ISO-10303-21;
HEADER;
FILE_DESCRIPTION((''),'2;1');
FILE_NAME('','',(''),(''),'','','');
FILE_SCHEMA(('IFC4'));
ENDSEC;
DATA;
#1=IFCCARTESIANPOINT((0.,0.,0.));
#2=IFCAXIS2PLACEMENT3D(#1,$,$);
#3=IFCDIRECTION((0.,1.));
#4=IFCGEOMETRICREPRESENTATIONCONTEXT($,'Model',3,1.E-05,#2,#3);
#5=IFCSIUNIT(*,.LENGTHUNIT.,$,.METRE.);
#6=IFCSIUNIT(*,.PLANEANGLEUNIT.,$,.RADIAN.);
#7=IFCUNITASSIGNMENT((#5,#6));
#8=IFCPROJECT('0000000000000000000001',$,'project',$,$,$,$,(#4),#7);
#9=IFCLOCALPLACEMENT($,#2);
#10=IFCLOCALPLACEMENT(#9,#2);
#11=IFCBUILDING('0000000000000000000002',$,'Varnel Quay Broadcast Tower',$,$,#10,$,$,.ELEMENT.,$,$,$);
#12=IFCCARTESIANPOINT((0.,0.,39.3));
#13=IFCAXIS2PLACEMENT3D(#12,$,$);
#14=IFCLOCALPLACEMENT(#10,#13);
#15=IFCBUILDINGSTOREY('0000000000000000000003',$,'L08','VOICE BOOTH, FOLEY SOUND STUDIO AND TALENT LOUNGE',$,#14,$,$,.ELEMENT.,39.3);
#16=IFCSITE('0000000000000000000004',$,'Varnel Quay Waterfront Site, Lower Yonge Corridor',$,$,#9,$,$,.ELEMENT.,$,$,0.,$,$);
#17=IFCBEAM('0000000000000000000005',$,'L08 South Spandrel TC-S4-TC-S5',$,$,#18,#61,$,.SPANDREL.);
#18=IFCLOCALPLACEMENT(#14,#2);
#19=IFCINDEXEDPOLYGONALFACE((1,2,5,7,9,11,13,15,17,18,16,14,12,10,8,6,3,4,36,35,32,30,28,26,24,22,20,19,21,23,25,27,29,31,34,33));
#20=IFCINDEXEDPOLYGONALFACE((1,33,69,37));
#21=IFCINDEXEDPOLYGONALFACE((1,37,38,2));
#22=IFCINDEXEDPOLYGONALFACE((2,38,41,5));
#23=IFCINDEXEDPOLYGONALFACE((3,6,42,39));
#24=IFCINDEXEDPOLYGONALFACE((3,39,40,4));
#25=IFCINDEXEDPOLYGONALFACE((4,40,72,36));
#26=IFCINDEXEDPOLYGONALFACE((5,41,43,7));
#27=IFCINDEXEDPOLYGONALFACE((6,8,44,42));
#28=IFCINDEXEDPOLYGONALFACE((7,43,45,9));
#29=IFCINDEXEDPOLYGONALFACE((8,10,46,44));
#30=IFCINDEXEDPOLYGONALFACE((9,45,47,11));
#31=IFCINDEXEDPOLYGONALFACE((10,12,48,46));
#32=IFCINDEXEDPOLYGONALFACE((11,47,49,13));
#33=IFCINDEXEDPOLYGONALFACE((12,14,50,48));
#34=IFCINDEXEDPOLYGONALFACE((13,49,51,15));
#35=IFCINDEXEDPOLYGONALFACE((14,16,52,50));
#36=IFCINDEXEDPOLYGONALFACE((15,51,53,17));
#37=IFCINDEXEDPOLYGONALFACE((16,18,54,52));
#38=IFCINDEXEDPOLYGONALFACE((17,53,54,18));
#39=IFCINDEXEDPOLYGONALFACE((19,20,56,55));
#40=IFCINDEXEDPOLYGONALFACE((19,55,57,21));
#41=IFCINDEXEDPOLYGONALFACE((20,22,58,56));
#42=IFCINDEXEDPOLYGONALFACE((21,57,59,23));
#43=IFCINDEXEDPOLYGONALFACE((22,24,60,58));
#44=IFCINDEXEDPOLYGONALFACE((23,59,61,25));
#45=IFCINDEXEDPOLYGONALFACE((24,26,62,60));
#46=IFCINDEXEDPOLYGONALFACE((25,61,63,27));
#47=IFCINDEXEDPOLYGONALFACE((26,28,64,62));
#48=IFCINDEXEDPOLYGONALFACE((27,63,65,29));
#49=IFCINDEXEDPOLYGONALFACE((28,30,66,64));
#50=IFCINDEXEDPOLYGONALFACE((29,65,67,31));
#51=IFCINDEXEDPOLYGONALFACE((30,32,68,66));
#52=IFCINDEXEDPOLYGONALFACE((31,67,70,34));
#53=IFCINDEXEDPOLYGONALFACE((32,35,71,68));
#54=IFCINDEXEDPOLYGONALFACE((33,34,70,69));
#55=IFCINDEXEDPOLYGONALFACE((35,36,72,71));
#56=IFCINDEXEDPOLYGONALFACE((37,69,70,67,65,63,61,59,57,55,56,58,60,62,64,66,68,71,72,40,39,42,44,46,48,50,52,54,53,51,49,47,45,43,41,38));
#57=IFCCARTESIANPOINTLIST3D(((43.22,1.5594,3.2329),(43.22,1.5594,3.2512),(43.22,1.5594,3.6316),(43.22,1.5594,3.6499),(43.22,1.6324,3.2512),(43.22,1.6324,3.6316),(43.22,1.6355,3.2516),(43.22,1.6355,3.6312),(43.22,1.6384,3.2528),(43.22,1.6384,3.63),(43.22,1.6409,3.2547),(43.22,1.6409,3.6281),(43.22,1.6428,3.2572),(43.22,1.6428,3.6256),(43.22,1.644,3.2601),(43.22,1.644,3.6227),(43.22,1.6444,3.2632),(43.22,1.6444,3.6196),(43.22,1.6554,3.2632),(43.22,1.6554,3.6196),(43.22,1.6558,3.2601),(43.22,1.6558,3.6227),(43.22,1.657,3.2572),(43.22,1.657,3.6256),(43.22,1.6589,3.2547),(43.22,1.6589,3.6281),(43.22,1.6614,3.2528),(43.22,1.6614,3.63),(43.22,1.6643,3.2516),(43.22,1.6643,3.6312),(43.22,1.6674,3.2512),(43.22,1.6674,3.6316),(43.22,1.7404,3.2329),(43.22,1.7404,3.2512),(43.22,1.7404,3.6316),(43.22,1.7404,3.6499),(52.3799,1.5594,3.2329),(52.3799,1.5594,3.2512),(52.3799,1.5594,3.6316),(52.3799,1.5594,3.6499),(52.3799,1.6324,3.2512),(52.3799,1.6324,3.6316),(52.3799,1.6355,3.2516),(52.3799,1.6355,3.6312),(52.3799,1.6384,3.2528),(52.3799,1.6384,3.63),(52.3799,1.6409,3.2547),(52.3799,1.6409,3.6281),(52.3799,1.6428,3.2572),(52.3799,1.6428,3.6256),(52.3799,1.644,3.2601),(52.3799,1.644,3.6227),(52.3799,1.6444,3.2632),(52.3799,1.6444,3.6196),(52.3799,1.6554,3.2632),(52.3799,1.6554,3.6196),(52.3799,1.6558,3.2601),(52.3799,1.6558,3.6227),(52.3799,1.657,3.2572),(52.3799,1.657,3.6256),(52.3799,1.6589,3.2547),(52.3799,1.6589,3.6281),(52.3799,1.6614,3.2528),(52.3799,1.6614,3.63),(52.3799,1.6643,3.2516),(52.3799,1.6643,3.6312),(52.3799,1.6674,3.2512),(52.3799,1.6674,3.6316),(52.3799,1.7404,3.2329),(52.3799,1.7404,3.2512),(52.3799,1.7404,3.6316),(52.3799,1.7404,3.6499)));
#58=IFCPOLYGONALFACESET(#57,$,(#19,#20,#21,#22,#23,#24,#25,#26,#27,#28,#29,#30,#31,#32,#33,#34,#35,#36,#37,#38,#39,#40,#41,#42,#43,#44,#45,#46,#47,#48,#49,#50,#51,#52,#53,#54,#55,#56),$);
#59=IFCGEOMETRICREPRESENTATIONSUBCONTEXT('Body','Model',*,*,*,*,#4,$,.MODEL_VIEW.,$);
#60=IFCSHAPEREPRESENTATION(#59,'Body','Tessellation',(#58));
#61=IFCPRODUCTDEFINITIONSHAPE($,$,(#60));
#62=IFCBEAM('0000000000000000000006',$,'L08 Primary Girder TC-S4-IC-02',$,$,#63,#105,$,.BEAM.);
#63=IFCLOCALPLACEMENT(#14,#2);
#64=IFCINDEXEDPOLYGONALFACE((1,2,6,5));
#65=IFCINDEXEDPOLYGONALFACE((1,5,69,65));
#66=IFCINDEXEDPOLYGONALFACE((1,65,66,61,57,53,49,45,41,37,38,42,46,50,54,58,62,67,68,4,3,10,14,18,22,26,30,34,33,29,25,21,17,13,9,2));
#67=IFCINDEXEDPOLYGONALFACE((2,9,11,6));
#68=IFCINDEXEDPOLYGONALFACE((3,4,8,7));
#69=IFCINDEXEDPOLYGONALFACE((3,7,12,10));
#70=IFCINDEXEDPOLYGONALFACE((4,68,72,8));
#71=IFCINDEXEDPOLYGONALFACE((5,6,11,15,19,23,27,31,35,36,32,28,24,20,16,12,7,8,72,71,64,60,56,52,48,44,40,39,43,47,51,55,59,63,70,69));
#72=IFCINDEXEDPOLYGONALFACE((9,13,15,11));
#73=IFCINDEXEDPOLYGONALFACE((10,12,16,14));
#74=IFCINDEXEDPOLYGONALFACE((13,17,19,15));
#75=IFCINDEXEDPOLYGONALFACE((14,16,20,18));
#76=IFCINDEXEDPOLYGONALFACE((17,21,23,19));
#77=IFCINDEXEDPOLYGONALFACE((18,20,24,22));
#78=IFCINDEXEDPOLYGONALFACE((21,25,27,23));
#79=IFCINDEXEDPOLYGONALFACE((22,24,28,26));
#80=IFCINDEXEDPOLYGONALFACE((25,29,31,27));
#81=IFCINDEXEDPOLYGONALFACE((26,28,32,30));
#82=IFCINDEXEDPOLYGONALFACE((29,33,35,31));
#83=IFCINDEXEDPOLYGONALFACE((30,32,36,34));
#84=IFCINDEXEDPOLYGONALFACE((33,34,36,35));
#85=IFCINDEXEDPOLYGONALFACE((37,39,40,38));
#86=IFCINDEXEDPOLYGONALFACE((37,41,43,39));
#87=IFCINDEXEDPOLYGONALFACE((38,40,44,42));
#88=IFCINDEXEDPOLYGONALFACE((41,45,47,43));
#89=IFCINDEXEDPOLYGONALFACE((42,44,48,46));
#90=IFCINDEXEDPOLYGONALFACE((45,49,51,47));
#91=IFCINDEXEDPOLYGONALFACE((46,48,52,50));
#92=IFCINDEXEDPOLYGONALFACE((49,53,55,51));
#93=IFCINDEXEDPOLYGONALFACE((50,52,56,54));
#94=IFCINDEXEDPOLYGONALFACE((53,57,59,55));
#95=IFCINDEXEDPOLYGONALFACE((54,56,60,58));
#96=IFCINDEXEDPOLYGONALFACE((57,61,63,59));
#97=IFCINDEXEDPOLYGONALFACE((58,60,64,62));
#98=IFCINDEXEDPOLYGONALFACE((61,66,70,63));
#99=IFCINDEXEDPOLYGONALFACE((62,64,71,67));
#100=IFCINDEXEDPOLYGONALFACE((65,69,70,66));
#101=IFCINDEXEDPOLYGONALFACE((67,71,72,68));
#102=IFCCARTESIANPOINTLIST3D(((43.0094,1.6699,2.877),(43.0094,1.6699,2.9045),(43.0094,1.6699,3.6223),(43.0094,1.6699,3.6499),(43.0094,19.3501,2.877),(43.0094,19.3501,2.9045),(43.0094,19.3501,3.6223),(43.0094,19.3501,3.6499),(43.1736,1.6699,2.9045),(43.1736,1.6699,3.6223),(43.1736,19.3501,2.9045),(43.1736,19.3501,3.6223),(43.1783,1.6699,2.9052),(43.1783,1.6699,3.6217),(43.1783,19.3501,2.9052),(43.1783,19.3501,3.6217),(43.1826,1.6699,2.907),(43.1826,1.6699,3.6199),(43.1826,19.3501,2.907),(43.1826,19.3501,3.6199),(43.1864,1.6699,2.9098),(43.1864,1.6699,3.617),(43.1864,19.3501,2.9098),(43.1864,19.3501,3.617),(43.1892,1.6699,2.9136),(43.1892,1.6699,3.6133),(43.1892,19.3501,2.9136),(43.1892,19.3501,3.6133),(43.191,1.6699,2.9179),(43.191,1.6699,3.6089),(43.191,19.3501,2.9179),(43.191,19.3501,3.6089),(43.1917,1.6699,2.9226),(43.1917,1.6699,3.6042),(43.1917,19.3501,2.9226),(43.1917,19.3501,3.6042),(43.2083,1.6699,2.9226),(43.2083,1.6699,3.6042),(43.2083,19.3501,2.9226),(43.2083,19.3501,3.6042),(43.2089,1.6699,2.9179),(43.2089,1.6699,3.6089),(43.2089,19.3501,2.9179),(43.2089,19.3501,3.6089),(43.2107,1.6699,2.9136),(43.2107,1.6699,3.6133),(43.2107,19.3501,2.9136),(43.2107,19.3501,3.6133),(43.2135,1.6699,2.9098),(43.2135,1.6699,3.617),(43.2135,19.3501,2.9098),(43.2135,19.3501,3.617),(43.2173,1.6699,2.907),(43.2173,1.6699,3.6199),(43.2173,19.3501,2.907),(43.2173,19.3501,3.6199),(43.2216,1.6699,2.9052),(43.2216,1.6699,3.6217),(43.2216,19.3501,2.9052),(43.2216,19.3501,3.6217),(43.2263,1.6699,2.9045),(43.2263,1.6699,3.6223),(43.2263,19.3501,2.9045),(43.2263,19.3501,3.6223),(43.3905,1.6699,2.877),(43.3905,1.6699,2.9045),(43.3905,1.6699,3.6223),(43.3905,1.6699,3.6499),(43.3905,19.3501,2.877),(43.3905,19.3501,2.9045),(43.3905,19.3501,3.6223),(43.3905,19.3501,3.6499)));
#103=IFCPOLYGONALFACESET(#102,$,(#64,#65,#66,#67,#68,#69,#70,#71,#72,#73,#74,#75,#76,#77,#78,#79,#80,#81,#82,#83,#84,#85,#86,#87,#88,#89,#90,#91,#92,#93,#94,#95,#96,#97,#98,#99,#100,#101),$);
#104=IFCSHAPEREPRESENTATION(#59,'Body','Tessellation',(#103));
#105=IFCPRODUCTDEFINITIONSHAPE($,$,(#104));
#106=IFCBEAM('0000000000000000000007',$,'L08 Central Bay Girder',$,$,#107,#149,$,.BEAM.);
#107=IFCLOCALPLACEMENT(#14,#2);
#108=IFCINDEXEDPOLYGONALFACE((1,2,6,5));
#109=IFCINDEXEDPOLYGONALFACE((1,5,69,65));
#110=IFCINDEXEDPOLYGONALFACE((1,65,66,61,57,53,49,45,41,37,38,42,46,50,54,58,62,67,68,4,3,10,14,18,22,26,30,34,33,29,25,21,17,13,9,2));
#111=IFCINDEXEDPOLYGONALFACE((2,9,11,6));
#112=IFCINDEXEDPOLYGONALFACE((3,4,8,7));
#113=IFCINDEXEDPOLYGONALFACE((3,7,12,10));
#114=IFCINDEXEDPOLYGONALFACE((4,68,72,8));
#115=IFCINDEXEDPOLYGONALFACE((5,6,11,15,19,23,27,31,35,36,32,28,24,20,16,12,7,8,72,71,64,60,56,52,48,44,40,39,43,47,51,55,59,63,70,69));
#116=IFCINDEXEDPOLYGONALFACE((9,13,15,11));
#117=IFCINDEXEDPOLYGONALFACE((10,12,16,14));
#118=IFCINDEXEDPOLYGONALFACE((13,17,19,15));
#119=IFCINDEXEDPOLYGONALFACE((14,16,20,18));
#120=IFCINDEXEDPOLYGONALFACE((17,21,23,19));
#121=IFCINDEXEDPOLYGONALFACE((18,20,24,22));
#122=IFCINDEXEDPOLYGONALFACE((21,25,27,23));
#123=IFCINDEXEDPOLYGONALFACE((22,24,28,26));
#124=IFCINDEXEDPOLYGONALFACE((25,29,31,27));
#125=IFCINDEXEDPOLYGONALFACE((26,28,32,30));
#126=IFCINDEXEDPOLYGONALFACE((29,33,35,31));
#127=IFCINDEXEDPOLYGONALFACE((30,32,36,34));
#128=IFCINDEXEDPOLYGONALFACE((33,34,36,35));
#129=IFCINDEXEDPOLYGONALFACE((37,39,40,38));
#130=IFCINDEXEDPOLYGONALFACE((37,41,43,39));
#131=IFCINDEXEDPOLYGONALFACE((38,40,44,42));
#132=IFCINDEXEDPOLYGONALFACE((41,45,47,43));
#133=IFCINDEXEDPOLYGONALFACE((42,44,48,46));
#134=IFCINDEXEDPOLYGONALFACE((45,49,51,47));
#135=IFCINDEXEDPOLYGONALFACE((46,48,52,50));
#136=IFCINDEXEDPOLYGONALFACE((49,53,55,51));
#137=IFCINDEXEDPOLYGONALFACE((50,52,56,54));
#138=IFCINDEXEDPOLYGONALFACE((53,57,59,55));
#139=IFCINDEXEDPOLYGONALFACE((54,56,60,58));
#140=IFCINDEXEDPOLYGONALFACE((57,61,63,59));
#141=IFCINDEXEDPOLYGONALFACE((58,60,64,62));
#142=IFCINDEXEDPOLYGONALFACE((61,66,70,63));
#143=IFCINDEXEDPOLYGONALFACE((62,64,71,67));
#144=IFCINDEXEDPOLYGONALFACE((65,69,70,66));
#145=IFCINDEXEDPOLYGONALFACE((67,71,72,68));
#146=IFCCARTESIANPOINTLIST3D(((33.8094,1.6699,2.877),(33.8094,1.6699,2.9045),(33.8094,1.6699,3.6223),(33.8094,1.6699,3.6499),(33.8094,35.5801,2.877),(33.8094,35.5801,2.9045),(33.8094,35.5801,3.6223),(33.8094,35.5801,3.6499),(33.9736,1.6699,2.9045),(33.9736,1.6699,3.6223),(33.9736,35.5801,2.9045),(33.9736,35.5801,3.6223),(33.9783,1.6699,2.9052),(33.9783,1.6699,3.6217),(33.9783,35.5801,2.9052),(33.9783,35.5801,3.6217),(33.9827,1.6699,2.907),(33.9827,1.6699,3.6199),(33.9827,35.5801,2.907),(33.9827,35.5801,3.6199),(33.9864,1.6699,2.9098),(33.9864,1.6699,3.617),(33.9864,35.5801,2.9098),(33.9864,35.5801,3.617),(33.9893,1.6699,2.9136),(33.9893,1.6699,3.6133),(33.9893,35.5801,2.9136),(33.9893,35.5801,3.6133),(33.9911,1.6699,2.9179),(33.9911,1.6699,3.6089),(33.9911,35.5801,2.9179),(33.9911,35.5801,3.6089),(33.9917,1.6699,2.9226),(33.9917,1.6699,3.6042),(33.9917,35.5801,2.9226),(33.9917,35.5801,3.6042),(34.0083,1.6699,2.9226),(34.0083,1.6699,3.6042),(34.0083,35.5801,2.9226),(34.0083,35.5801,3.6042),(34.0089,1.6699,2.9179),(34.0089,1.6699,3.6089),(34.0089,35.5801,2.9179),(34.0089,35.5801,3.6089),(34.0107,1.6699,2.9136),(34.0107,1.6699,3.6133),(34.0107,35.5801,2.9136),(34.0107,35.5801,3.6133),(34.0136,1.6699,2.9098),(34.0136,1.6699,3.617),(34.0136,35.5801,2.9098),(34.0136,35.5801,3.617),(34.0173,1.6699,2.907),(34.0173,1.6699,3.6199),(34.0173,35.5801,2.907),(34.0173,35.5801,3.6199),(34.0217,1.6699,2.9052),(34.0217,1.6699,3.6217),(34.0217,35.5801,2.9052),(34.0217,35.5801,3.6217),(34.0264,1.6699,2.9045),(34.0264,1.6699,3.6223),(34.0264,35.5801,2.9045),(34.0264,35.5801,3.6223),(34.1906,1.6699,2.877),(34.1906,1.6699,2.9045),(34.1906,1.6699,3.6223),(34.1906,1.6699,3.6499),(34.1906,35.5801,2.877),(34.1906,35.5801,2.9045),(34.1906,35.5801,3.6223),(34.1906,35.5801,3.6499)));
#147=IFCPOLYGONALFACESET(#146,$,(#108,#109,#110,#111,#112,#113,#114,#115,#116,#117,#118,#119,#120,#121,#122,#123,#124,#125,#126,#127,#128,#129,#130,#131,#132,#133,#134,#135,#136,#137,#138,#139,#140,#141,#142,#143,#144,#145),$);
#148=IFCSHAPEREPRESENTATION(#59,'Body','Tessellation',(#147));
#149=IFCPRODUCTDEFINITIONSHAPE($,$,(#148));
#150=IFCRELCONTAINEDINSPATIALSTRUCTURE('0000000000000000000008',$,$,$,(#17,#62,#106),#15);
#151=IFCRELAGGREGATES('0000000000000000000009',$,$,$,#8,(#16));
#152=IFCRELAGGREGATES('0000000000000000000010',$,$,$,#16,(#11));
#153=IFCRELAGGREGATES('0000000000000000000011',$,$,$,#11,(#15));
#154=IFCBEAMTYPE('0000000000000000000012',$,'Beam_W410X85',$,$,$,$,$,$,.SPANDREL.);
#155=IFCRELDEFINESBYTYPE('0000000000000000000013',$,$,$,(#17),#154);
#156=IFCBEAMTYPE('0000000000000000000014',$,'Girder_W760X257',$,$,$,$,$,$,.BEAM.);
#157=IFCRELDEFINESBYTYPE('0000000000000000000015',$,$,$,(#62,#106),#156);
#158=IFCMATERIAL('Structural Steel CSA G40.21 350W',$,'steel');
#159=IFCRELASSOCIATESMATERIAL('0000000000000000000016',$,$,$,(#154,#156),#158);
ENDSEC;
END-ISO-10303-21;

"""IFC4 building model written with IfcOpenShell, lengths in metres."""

from ifc_helpers import new_model, si_unit, direction, frame, origin, origin_2d, place, context, subcontext, project, spatial, i_section, extrude, source, transform, mapped, material, material_profile, profile_set, type_object, type_shapes, element, save


model = new_model("IFC4")

# Units and contexts
model_context = context("Model", 3, precision=1e-05, world=origin(), true_north=direction((0.0, 1.0)))
body_context = subcontext(model_context, "Body", "Model", "MODEL_VIEW")
ifc_project = project(units=[si_unit("LENGTHUNIT", "METRE"), si_unit("PLANEANGLEUNIT", "RADIAN")], contexts=[model_context])

# Site, building, storey
site_placement = place(None, origin())
site = spatial("IfcSite", under=ifc_project, at=site_placement, Name="Varnel Quay Waterfront Site, Lower Yonge Corridor", CompositionType="ELEMENT", RefElevation=0.0)
building_placement = place(site_placement, origin())
building = spatial("IfcBuilding", under=site, at=building_placement, Name="Varnel Quay Broadcast Tower", CompositionType="ELEMENT")
storey_placement = place(building_placement, frame((0.0, 0.0, 39.3)))
storey = spatial("IfcBuildingStorey", under=building, at=storey_placement, Name="L08", Description="VOICE BOOTH, FOLEY SOUND STUDIO AND TALENT LOUNGE", CompositionType="ELEMENT", Elevation=39.3)

# Shared definitions
ifc_material_1 = material(Name="Structural Steel CSA G40.21 350W", Category="steel")

# Beams
ifc_material_profile_1 = material_profile(ifc_material_1, i_section(OverallWidth=0.1809, OverallDepth=0.417, WebThickness=0.011, FlangeThickness=0.0183, FilletRadius=0.012, at=origin_2d()), Name="W410X85")
ifc_profile_set_1 = profile_set([ifc_material_profile_1], Name="Structural Steel CSA G40.21 350W")
beam_type_1 = type_object("IfcBeamType", Name="Beam_W410X85", PredefinedType="SPANDREL", material=ifc_profile_set_1)
shared_shape_1 = source(origin(), body_context, "Body", "SweptSolid", [
    extrude(i_section(OverallWidth=0.1809, OverallDepth=0.417, WebThickness=0.011, FlangeThickness=0.0183, FilletRadius=0.012, at=origin_2d()), origin(), (0.0, 0.0, 1.0), 9.1599),
])
type_shapes(beam_type_1, [shared_shape_1])
for number, where, z_axis, x_axis, name in (
    (1, (43.22, 1.6499, 3.4414), (1.0, 0.0, 0.0), (0.0, 1.0, 0.0), "L08 South Spandrel TC-S4-TC-S5"),
):
    element("IfcBeam", number, at=place(storey_placement, frame(where, z_axis=z_axis, x_axis=x_axis)), inside=storey, type_object=beam_type_1, Name=name, PredefinedType="SPANDREL", context=body_context, shape_type="MappedRepresentation", body=[
        mapped(shared_shape_1, transform((0.0, 0.0, 0.0), x_axis=(1.0, 0.0, 0.0), y_axis=(0.0, 1.0, 0.0), z_axis=(0.0, 0.0, 1.0), scale=1.0)),
    ])
ifc_material_profile_2 = material_profile(ifc_material_1, i_section(OverallWidth=0.3811, OverallDepth=0.7729, WebThickness=0.0166, FlangeThickness=0.0276, FilletRadius=0.0181, at=origin_2d()), Name="W760X257")
ifc_profile_set_2 = profile_set([ifc_material_profile_2], Name="Structural Steel CSA G40.21 350W")
beam_type_2 = type_object("IfcBeamType", Name="Girder_W760X257", PredefinedType="BEAM", material=ifc_profile_set_2)
shared_shape_2 = source(origin(), body_context, "Body", "SweptSolid", [
    extrude(i_section(OverallWidth=0.3811, OverallDepth=0.7729, WebThickness=0.0166, FlangeThickness=0.0276, FilletRadius=0.0181, at=origin_2d()), origin(), (0.0, 0.0, 1.0), 17.6802),
])
beam_1_placement = place(storey_placement, frame((43.2, 1.6699, 3.2634), z_axis=(0.0, 1.0, 0.0), x_axis=(-1.0, 0.0, 0.0)))
element("IfcBeam", 2, at=beam_1_placement, inside=storey, type_object=beam_type_2, Name="L08 Primary Girder TC-S4-IC-02", PredefinedType="BEAM", context=body_context, shape_type="MappedRepresentation", body=[
    mapped(shared_shape_2, transform((0.0, 0.0, 0.0), x_axis=(1.0, 0.0, 0.0), y_axis=(0.0, 1.0, 0.0), z_axis=(0.0, 0.0, 1.0), scale=1.0)),
])
shared_shape_3 = source(origin(), body_context, "Body", "SweptSolid", [
    extrude(i_section(OverallWidth=0.3811, OverallDepth=0.7729, WebThickness=0.0166, FlangeThickness=0.0276, FilletRadius=0.0181, at=origin_2d()), origin(), (0.0, 0.0, 1.0), 33.9102),
])
type_shapes(beam_type_2, [shared_shape_2, shared_shape_3])
beam_2_placement = place(storey_placement, frame((34.0, 1.6699, 3.2634), z_axis=(0.0, 1.0, 0.0), x_axis=(-1.0, 0.0, 0.0)))
element("IfcBeam", 3, at=beam_2_placement, inside=storey, type_object=beam_type_2, Name="L08 Central Bay Girder", PredefinedType="BEAM", context=body_context, shape_type="MappedRepresentation", body=[
    mapped(shared_shape_3, transform((0.0, 0.0, 0.0), x_axis=(1.0, 0.0, 0.0), y_axis=(0.0, 1.0, 0.0), z_axis=(0.0, 0.0, 1.0), scale=1.0)),
])

save(model, "model.ifc")
